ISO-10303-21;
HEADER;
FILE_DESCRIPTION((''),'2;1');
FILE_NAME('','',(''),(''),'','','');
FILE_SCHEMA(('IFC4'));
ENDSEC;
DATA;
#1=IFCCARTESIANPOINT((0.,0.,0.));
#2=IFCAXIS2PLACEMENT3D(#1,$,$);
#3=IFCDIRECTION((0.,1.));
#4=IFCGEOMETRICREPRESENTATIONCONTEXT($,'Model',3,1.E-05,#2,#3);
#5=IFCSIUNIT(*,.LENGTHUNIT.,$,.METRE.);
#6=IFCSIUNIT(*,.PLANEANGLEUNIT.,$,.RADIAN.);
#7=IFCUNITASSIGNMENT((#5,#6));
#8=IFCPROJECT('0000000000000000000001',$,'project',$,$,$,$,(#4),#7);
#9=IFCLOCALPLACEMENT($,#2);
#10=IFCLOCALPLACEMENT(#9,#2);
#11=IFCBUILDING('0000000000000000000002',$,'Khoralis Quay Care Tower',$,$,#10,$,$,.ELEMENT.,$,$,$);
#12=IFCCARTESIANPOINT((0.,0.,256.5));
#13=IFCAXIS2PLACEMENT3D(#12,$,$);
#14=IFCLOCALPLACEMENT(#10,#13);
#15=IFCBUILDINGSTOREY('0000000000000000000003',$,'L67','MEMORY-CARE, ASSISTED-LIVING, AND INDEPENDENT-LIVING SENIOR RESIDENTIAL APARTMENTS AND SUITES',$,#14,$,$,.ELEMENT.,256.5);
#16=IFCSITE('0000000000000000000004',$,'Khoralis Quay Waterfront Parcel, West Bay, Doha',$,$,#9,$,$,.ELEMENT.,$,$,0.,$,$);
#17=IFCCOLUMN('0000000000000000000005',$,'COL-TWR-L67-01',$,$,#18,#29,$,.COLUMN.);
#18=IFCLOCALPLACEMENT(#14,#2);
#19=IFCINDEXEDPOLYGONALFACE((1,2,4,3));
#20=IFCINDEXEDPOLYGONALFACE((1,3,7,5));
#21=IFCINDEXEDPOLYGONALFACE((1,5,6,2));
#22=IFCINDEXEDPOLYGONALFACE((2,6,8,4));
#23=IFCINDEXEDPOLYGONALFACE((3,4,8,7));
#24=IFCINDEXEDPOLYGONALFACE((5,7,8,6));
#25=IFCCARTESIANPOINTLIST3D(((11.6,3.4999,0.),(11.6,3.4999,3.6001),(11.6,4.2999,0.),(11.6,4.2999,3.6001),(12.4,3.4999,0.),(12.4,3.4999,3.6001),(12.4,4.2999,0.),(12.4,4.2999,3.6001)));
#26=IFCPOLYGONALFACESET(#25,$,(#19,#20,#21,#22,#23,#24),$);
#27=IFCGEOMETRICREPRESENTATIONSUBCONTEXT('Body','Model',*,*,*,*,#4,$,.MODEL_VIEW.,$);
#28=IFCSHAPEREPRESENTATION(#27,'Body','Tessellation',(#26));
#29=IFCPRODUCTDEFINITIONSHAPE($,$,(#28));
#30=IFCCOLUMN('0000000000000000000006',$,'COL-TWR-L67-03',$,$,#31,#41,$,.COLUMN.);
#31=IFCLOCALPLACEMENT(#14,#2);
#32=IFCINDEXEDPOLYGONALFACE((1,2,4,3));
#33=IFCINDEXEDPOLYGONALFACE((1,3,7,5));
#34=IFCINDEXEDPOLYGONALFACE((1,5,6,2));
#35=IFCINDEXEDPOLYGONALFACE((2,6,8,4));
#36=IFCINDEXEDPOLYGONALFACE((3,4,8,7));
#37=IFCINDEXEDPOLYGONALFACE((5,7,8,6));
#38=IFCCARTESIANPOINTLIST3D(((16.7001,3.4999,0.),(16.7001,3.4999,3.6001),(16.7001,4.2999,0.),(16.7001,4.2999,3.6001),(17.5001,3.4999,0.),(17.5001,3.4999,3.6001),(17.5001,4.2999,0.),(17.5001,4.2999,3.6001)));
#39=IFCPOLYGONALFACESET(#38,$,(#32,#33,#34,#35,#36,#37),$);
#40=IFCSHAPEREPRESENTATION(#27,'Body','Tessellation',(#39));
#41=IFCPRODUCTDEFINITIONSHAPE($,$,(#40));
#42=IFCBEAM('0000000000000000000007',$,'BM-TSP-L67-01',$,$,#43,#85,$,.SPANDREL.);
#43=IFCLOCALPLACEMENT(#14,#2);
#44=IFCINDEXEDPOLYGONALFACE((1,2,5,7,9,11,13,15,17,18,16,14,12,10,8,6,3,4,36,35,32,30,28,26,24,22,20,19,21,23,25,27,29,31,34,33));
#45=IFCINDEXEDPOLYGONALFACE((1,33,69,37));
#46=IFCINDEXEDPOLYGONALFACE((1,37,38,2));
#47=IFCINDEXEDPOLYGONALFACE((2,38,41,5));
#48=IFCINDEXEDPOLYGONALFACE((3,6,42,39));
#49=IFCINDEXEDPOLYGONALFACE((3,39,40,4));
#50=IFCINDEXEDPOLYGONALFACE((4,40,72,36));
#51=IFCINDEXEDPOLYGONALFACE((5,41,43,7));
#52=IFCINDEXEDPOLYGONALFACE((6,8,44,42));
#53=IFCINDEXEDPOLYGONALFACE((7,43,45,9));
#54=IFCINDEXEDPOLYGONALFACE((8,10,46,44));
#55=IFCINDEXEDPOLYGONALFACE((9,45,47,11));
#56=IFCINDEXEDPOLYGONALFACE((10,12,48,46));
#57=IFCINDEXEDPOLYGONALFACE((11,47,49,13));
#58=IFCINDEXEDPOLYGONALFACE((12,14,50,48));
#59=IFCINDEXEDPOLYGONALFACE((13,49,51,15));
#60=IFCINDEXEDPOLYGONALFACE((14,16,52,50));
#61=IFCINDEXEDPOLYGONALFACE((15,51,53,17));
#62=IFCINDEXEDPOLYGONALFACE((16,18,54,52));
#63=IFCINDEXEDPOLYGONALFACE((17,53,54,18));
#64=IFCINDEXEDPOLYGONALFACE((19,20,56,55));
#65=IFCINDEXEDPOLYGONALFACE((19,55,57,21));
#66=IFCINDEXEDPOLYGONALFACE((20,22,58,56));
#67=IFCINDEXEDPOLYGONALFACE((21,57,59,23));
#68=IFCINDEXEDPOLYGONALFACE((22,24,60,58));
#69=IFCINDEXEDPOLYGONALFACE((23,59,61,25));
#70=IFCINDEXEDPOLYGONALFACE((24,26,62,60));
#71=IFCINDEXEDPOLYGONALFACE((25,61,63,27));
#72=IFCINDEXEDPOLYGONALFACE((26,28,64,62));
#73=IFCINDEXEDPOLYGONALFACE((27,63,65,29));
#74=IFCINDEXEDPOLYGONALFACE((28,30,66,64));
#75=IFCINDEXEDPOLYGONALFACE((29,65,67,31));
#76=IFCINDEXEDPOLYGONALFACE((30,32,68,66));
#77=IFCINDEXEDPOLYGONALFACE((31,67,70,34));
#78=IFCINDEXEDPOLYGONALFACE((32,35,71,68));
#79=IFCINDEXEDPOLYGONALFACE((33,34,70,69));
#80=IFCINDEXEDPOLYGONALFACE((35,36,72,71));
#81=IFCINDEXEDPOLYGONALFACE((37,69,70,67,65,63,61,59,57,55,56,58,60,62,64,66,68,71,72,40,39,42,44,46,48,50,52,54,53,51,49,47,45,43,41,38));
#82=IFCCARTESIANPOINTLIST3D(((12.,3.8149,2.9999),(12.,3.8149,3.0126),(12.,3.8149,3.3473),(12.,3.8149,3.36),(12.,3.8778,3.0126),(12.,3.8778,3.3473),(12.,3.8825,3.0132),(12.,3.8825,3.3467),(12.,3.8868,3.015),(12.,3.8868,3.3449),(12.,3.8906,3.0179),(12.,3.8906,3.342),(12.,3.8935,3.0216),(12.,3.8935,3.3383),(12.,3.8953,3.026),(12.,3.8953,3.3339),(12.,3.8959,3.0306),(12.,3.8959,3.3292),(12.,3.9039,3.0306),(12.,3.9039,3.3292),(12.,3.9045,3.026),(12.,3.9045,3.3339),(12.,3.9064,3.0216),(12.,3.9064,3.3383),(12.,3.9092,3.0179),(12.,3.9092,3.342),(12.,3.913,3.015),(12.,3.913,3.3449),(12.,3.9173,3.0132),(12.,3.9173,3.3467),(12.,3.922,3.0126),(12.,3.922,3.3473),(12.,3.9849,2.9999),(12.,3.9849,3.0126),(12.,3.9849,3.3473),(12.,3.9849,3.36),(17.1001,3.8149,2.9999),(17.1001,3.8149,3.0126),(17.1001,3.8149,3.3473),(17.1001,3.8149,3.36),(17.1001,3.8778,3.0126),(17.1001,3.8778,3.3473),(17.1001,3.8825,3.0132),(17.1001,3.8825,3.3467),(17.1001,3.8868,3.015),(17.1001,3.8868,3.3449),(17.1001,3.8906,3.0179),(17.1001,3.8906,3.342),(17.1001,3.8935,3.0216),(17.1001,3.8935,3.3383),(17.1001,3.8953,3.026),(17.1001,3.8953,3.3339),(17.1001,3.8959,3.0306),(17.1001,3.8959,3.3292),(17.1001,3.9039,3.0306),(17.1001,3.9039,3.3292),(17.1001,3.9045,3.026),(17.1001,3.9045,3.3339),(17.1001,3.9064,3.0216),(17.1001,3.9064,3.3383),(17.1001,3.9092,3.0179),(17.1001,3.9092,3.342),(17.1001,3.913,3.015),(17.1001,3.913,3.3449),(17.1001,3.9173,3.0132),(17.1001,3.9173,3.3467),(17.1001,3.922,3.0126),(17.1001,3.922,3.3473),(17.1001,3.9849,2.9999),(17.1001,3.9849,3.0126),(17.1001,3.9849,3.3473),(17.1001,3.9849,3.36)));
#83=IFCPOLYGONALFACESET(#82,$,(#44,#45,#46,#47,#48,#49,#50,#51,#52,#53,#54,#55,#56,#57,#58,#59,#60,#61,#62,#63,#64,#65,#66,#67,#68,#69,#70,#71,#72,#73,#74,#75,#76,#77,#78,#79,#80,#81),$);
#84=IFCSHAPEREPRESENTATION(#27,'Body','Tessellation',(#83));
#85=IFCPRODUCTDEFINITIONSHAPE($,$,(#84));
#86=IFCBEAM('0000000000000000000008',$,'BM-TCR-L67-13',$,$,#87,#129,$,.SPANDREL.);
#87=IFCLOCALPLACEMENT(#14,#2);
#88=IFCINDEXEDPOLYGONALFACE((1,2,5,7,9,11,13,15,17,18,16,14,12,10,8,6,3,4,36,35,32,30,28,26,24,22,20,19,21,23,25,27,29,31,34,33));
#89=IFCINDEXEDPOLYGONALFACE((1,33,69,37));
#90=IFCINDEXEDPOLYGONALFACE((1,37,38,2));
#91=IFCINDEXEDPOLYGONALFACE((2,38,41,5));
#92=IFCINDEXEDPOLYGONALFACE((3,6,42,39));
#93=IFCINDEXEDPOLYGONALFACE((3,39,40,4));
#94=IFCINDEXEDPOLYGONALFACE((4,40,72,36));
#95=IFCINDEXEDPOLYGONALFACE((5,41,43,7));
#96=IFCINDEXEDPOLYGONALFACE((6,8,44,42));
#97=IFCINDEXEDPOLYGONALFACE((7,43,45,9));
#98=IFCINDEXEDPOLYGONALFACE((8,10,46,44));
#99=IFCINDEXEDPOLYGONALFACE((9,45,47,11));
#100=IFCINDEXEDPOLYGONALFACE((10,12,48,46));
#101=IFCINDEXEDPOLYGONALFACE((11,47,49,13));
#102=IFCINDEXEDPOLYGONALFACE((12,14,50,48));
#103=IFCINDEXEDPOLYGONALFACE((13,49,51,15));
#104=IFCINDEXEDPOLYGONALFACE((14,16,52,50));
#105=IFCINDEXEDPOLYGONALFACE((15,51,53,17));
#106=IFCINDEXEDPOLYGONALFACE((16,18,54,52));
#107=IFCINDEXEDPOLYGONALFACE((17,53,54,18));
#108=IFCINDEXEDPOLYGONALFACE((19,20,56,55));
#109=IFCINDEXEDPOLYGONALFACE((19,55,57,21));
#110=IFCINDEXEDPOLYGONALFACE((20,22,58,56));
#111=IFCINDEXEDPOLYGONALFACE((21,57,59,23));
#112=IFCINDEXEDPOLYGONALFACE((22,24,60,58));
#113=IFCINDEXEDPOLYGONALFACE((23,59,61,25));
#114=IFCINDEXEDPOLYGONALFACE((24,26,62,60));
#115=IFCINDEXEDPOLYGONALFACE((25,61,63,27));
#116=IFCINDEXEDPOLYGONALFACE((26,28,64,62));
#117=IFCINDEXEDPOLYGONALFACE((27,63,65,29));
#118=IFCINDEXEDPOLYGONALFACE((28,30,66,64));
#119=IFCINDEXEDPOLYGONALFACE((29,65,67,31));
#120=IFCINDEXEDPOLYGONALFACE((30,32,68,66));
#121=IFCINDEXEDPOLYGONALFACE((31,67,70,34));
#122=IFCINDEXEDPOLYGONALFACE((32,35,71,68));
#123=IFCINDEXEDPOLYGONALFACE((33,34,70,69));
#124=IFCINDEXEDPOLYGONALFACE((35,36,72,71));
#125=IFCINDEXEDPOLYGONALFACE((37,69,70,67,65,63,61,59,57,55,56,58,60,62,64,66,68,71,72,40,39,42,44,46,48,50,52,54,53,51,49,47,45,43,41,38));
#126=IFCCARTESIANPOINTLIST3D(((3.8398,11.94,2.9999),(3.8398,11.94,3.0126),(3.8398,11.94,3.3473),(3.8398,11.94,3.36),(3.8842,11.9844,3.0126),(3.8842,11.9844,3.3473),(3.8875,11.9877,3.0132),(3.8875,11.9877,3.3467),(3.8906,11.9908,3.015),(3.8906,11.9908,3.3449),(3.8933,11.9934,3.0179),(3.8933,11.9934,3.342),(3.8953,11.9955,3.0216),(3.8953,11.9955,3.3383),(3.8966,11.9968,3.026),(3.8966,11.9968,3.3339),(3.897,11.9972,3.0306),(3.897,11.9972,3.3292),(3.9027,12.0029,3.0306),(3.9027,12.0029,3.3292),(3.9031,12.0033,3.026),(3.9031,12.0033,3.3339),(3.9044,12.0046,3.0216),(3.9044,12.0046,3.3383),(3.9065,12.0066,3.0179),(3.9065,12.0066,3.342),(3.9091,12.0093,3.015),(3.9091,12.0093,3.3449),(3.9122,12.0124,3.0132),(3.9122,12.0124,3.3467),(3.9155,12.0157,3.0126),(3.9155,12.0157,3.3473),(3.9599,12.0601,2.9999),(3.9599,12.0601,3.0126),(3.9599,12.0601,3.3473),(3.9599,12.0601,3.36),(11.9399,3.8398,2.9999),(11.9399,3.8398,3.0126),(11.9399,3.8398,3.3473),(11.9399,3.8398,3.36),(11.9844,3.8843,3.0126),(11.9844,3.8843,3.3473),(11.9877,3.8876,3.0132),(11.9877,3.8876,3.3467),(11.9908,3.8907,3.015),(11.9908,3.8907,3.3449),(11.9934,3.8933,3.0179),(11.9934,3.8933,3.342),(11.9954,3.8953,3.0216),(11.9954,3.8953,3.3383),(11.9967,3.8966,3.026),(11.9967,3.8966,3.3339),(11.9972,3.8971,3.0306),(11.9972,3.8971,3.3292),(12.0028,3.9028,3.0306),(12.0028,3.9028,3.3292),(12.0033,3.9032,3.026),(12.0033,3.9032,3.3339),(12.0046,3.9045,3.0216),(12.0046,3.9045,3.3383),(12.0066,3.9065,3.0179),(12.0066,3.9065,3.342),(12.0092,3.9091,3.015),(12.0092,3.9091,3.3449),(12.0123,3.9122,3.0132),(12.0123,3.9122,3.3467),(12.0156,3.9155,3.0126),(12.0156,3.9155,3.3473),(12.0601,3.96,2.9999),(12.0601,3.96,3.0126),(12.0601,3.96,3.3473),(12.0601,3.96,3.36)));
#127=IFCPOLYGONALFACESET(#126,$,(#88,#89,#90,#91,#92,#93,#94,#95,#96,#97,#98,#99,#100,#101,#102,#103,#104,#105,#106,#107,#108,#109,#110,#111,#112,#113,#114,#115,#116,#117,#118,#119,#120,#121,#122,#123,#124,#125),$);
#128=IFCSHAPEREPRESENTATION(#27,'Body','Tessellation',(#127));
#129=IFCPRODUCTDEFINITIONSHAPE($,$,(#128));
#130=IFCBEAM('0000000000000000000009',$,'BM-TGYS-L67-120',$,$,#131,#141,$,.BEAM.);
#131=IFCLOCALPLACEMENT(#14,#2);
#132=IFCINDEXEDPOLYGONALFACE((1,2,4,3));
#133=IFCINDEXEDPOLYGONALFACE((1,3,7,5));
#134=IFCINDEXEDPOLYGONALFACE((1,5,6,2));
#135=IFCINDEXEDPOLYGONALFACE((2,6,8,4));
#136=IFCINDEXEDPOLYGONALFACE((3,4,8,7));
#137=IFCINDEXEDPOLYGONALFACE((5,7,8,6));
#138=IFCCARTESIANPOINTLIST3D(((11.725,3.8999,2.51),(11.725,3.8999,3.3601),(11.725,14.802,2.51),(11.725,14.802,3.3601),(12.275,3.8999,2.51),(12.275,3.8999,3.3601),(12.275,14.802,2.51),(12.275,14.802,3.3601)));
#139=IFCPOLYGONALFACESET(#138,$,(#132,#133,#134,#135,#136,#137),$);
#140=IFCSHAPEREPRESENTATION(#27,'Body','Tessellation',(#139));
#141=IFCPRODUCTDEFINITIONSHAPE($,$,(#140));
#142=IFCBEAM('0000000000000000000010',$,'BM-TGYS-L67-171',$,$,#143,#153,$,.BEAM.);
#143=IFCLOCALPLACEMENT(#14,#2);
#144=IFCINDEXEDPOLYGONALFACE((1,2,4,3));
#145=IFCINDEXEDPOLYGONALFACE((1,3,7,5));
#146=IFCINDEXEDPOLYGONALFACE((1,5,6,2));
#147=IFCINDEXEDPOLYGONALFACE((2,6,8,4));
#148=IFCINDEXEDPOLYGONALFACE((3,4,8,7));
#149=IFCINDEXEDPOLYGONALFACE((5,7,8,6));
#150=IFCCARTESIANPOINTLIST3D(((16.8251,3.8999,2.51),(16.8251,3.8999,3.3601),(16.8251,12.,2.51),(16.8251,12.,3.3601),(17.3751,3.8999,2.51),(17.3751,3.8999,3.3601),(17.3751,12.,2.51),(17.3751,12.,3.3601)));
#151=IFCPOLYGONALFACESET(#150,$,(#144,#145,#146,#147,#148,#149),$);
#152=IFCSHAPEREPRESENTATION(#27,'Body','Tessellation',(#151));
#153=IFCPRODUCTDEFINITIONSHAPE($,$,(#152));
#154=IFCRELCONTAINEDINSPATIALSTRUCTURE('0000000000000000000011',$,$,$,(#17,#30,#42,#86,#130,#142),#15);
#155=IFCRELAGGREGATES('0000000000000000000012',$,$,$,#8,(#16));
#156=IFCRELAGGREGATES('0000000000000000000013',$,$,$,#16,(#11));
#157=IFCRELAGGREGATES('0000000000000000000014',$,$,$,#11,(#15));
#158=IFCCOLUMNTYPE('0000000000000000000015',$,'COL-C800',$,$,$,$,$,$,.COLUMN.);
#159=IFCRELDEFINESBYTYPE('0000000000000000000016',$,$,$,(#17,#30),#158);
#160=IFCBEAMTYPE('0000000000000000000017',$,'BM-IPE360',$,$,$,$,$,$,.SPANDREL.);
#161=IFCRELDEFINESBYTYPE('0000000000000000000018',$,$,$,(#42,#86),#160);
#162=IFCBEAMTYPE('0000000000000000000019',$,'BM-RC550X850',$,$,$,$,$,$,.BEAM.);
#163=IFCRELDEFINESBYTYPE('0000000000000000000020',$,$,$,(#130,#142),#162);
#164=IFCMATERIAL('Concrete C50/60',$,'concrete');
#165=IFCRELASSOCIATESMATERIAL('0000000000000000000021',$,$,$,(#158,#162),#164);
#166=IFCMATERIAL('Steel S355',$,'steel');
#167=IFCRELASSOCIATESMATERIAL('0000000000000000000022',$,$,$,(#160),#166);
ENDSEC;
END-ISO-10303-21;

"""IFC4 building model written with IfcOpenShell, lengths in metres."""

from ifc_helpers import new_model, si_unit, direction, frame, origin, origin_2d, place, context, subcontext, project, spatial, rectangle, i_section, extrude, source, transform, mapped, material, material_profile, profile_set, type_object, element, save


model = new_model("IFC4")

# Units and contexts
model_context = context("Model", 3, precision=1e-05, world=origin(), true_north=direction((0.0, 1.0)))
body_context = subcontext(model_context, "Body", "Model", "MODEL_VIEW")
ifc_project = project(units=[si_unit("LENGTHUNIT", "METRE"), si_unit("PLANEANGLEUNIT", "RADIAN")], contexts=[model_context])

# Site, building, storey
site_placement = place(None, origin())
site = spatial("IfcSite", under=ifc_project, at=site_placement, Name="Khoralis Quay Waterfront Parcel, West Bay, Doha", CompositionType="ELEMENT", RefElevation=0.0)
building_placement = place(site_placement, origin())
building = spatial("IfcBuilding", under=site, at=building_placement, Name="Khoralis Quay Care Tower", CompositionType="ELEMENT")
storey_placement = place(building_placement, frame((0.0, 0.0, 256.5)))
storey = spatial("IfcBuildingStorey", under=building, at=storey_placement, Name="L67", Description="MEMORY-CARE, ASSISTED-LIVING, AND INDEPENDENT-LIVING SENIOR RESIDENTIAL APARTMENTS AND SUITES", CompositionType="ELEMENT", Elevation=256.5)

# Columns
ifc_material_1 = material(Name="Concrete C50/60", Category="concrete")
ifc_material_profile_1 = material_profile(ifc_material_1, rectangle(XDim=0.8, YDim=0.8, at=origin_2d()), Name="Concrete C50/60")
ifc_profile_set_1 = profile_set([ifc_material_profile_1], Name="Concrete C50/60")
column_type = type_object("IfcColumnType", Name="COL-C800", PredefinedType="COLUMN", material=ifc_profile_set_1)
shared_shape_1 = source(origin(), body_context, "Body", "SweptSolid", [
    extrude(rectangle(XDim=0.8, YDim=0.8, at=origin_2d()), origin(), (0.0, 0.0, 1.0), 3.6001),
])
for number, where, z_axis, x_axis, name in (
    (1, (12.0, 3.8999, 0.0), (0.0, 0.0, 1.0), (1.0, 0.0, 0.0), "COL-TWR-L67-01"),
    (2, (17.1001, 3.8999, 0.0), (0.0, 0.0, 1.0), (1.0, 0.0, 0.0), "COL-TWR-L67-03"),
):
    element("IfcColumn", number, at=place(storey_placement, frame(where, z_axis=z_axis, x_axis=x_axis)), inside=storey, type_object=column_type, Name=name, PredefinedType="COLUMN", context=body_context, shape_type="MappedRepresentation", body=[
        mapped(shared_shape_1, transform((0.0, 0.0, 0.0), scale=1.0)),
    ])

# Beams
ifc_material_2 = material(Name="Steel S355", Category="steel")
ifc_material_profile_2 = material_profile(ifc_material_2, i_section(OverallWidth=0.1699, OverallDepth=0.3601, WebThickness=0.0081, FlangeThickness=0.0127, FilletRadius=0.0181, at=origin_2d()), Name="Steel S355")
ifc_profile_set_2 = profile_set([ifc_material_profile_2], Name="Steel S355")
beam_type_1 = type_object("IfcBeamType", Name="BM-IPE360", PredefinedType="SPANDREL", material=ifc_profile_set_2)
shared_shape_2 = source(origin(), body_context, "Body", "SweptSolid", [
    extrude(i_section(OverallWidth=0.1699, OverallDepth=0.3601, WebThickness=0.0081, FlangeThickness=0.0127, FilletRadius=0.0181, at=origin_2d()), origin(), (0.0, 0.0, 1.0), 5.1001),
])
beam_1_placement = place(storey_placement, frame((12.0, 3.8999, 3.1799), z_axis=(1.0, 0.0, 0.0), x_axis=(0.0, 1.0, 0.0)))
element("IfcBeam", 3, at=beam_1_placement, inside=storey, type_object=beam_type_1, Name="BM-TSP-L67-01", PredefinedType="SPANDREL", context=body_context, shape_type="MappedRepresentation", body=[
    mapped(shared_shape_2, transform((0.0, 0.0, 0.0), scale=1.0)),
])
shared_shape_3 = source(origin(), body_context, "Body", "SweptSolid", [
    extrude(i_section(OverallWidth=0.1699, OverallDepth=0.3601, WebThickness=0.0081, FlangeThickness=0.0127, FilletRadius=0.0181, at=origin_2d()), origin(), (0.0, 0.0, 1.0), 11.4553),
])
beam_2_placement = place(storey_placement, frame((12.0, 3.8999, 3.1799), z_axis=(-0.707107, 0.707107, 0.0), x_axis=(-0.707107, -0.707107, 0.0)))
element("IfcBeam", 4, at=beam_2_placement, inside=storey, type_object=beam_type_1, Name="BM-TCR-L67-13", PredefinedType="SPANDREL", context=body_context, shape_type="MappedRepresentation", body=[
    mapped(shared_shape_3, transform((0.0, 0.0, 0.0), scale=1.0)),
])
ifc_material_profile_3 = material_profile(ifc_material_1, rectangle(XDim=0.55, YDim=0.8501, at=origin_2d()), Name="Concrete C50/60")
ifc_profile_set_3 = profile_set([ifc_material_profile_3], Name="Concrete C50/60")
beam_type_2 = type_object("IfcBeamType", Name="BM-RC550X850", PredefinedType="BEAM", material=ifc_profile_set_3)
shared_shape_4 = source(origin(), body_context, "Body", "SweptSolid", [
    extrude(rectangle(XDim=0.55, YDim=0.8501, at=origin_2d()), origin(), (0.0, 0.0, 1.0), 10.9021),
])
beam_3_placement = place(storey_placement, frame((12.0, 3.8999, 2.9351), z_axis=(0.0, 1.0, 0.0), x_axis=(-1.0, 0.0, 0.0)))
element("IfcBeam", 5, at=beam_3_placement, inside=storey, type_object=beam_type_2, Name="BM-TGYS-L67-120", PredefinedType="BEAM", context=body_context, shape_type="MappedRepresentation", body=[
    mapped(shared_shape_4, transform((0.0, 0.0, 0.0), scale=1.0)),
])
shared_shape_5 = source(origin(), body_context, "Body", "SweptSolid", [
    extrude(rectangle(XDim=0.55, YDim=0.8501, at=origin_2d()), origin(), (0.0, 0.0, 1.0), 8.1001),
])
beam_4_placement = place(storey_placement, frame((17.1001, 3.8999, 2.9351), z_axis=(0.0, 1.0, 0.0), x_axis=(-1.0, 0.0, 0.0)))
element("IfcBeam", 6, at=beam_4_placement, inside=storey, type_object=beam_type_2, Name="BM-TGYS-L67-171", PredefinedType="BEAM", context=body_context, shape_type="MappedRepresentation", body=[
    mapped(shared_shape_5, transform((0.0, 0.0, 0.0), scale=1.0)),
])

save(model, "model.ifc")
